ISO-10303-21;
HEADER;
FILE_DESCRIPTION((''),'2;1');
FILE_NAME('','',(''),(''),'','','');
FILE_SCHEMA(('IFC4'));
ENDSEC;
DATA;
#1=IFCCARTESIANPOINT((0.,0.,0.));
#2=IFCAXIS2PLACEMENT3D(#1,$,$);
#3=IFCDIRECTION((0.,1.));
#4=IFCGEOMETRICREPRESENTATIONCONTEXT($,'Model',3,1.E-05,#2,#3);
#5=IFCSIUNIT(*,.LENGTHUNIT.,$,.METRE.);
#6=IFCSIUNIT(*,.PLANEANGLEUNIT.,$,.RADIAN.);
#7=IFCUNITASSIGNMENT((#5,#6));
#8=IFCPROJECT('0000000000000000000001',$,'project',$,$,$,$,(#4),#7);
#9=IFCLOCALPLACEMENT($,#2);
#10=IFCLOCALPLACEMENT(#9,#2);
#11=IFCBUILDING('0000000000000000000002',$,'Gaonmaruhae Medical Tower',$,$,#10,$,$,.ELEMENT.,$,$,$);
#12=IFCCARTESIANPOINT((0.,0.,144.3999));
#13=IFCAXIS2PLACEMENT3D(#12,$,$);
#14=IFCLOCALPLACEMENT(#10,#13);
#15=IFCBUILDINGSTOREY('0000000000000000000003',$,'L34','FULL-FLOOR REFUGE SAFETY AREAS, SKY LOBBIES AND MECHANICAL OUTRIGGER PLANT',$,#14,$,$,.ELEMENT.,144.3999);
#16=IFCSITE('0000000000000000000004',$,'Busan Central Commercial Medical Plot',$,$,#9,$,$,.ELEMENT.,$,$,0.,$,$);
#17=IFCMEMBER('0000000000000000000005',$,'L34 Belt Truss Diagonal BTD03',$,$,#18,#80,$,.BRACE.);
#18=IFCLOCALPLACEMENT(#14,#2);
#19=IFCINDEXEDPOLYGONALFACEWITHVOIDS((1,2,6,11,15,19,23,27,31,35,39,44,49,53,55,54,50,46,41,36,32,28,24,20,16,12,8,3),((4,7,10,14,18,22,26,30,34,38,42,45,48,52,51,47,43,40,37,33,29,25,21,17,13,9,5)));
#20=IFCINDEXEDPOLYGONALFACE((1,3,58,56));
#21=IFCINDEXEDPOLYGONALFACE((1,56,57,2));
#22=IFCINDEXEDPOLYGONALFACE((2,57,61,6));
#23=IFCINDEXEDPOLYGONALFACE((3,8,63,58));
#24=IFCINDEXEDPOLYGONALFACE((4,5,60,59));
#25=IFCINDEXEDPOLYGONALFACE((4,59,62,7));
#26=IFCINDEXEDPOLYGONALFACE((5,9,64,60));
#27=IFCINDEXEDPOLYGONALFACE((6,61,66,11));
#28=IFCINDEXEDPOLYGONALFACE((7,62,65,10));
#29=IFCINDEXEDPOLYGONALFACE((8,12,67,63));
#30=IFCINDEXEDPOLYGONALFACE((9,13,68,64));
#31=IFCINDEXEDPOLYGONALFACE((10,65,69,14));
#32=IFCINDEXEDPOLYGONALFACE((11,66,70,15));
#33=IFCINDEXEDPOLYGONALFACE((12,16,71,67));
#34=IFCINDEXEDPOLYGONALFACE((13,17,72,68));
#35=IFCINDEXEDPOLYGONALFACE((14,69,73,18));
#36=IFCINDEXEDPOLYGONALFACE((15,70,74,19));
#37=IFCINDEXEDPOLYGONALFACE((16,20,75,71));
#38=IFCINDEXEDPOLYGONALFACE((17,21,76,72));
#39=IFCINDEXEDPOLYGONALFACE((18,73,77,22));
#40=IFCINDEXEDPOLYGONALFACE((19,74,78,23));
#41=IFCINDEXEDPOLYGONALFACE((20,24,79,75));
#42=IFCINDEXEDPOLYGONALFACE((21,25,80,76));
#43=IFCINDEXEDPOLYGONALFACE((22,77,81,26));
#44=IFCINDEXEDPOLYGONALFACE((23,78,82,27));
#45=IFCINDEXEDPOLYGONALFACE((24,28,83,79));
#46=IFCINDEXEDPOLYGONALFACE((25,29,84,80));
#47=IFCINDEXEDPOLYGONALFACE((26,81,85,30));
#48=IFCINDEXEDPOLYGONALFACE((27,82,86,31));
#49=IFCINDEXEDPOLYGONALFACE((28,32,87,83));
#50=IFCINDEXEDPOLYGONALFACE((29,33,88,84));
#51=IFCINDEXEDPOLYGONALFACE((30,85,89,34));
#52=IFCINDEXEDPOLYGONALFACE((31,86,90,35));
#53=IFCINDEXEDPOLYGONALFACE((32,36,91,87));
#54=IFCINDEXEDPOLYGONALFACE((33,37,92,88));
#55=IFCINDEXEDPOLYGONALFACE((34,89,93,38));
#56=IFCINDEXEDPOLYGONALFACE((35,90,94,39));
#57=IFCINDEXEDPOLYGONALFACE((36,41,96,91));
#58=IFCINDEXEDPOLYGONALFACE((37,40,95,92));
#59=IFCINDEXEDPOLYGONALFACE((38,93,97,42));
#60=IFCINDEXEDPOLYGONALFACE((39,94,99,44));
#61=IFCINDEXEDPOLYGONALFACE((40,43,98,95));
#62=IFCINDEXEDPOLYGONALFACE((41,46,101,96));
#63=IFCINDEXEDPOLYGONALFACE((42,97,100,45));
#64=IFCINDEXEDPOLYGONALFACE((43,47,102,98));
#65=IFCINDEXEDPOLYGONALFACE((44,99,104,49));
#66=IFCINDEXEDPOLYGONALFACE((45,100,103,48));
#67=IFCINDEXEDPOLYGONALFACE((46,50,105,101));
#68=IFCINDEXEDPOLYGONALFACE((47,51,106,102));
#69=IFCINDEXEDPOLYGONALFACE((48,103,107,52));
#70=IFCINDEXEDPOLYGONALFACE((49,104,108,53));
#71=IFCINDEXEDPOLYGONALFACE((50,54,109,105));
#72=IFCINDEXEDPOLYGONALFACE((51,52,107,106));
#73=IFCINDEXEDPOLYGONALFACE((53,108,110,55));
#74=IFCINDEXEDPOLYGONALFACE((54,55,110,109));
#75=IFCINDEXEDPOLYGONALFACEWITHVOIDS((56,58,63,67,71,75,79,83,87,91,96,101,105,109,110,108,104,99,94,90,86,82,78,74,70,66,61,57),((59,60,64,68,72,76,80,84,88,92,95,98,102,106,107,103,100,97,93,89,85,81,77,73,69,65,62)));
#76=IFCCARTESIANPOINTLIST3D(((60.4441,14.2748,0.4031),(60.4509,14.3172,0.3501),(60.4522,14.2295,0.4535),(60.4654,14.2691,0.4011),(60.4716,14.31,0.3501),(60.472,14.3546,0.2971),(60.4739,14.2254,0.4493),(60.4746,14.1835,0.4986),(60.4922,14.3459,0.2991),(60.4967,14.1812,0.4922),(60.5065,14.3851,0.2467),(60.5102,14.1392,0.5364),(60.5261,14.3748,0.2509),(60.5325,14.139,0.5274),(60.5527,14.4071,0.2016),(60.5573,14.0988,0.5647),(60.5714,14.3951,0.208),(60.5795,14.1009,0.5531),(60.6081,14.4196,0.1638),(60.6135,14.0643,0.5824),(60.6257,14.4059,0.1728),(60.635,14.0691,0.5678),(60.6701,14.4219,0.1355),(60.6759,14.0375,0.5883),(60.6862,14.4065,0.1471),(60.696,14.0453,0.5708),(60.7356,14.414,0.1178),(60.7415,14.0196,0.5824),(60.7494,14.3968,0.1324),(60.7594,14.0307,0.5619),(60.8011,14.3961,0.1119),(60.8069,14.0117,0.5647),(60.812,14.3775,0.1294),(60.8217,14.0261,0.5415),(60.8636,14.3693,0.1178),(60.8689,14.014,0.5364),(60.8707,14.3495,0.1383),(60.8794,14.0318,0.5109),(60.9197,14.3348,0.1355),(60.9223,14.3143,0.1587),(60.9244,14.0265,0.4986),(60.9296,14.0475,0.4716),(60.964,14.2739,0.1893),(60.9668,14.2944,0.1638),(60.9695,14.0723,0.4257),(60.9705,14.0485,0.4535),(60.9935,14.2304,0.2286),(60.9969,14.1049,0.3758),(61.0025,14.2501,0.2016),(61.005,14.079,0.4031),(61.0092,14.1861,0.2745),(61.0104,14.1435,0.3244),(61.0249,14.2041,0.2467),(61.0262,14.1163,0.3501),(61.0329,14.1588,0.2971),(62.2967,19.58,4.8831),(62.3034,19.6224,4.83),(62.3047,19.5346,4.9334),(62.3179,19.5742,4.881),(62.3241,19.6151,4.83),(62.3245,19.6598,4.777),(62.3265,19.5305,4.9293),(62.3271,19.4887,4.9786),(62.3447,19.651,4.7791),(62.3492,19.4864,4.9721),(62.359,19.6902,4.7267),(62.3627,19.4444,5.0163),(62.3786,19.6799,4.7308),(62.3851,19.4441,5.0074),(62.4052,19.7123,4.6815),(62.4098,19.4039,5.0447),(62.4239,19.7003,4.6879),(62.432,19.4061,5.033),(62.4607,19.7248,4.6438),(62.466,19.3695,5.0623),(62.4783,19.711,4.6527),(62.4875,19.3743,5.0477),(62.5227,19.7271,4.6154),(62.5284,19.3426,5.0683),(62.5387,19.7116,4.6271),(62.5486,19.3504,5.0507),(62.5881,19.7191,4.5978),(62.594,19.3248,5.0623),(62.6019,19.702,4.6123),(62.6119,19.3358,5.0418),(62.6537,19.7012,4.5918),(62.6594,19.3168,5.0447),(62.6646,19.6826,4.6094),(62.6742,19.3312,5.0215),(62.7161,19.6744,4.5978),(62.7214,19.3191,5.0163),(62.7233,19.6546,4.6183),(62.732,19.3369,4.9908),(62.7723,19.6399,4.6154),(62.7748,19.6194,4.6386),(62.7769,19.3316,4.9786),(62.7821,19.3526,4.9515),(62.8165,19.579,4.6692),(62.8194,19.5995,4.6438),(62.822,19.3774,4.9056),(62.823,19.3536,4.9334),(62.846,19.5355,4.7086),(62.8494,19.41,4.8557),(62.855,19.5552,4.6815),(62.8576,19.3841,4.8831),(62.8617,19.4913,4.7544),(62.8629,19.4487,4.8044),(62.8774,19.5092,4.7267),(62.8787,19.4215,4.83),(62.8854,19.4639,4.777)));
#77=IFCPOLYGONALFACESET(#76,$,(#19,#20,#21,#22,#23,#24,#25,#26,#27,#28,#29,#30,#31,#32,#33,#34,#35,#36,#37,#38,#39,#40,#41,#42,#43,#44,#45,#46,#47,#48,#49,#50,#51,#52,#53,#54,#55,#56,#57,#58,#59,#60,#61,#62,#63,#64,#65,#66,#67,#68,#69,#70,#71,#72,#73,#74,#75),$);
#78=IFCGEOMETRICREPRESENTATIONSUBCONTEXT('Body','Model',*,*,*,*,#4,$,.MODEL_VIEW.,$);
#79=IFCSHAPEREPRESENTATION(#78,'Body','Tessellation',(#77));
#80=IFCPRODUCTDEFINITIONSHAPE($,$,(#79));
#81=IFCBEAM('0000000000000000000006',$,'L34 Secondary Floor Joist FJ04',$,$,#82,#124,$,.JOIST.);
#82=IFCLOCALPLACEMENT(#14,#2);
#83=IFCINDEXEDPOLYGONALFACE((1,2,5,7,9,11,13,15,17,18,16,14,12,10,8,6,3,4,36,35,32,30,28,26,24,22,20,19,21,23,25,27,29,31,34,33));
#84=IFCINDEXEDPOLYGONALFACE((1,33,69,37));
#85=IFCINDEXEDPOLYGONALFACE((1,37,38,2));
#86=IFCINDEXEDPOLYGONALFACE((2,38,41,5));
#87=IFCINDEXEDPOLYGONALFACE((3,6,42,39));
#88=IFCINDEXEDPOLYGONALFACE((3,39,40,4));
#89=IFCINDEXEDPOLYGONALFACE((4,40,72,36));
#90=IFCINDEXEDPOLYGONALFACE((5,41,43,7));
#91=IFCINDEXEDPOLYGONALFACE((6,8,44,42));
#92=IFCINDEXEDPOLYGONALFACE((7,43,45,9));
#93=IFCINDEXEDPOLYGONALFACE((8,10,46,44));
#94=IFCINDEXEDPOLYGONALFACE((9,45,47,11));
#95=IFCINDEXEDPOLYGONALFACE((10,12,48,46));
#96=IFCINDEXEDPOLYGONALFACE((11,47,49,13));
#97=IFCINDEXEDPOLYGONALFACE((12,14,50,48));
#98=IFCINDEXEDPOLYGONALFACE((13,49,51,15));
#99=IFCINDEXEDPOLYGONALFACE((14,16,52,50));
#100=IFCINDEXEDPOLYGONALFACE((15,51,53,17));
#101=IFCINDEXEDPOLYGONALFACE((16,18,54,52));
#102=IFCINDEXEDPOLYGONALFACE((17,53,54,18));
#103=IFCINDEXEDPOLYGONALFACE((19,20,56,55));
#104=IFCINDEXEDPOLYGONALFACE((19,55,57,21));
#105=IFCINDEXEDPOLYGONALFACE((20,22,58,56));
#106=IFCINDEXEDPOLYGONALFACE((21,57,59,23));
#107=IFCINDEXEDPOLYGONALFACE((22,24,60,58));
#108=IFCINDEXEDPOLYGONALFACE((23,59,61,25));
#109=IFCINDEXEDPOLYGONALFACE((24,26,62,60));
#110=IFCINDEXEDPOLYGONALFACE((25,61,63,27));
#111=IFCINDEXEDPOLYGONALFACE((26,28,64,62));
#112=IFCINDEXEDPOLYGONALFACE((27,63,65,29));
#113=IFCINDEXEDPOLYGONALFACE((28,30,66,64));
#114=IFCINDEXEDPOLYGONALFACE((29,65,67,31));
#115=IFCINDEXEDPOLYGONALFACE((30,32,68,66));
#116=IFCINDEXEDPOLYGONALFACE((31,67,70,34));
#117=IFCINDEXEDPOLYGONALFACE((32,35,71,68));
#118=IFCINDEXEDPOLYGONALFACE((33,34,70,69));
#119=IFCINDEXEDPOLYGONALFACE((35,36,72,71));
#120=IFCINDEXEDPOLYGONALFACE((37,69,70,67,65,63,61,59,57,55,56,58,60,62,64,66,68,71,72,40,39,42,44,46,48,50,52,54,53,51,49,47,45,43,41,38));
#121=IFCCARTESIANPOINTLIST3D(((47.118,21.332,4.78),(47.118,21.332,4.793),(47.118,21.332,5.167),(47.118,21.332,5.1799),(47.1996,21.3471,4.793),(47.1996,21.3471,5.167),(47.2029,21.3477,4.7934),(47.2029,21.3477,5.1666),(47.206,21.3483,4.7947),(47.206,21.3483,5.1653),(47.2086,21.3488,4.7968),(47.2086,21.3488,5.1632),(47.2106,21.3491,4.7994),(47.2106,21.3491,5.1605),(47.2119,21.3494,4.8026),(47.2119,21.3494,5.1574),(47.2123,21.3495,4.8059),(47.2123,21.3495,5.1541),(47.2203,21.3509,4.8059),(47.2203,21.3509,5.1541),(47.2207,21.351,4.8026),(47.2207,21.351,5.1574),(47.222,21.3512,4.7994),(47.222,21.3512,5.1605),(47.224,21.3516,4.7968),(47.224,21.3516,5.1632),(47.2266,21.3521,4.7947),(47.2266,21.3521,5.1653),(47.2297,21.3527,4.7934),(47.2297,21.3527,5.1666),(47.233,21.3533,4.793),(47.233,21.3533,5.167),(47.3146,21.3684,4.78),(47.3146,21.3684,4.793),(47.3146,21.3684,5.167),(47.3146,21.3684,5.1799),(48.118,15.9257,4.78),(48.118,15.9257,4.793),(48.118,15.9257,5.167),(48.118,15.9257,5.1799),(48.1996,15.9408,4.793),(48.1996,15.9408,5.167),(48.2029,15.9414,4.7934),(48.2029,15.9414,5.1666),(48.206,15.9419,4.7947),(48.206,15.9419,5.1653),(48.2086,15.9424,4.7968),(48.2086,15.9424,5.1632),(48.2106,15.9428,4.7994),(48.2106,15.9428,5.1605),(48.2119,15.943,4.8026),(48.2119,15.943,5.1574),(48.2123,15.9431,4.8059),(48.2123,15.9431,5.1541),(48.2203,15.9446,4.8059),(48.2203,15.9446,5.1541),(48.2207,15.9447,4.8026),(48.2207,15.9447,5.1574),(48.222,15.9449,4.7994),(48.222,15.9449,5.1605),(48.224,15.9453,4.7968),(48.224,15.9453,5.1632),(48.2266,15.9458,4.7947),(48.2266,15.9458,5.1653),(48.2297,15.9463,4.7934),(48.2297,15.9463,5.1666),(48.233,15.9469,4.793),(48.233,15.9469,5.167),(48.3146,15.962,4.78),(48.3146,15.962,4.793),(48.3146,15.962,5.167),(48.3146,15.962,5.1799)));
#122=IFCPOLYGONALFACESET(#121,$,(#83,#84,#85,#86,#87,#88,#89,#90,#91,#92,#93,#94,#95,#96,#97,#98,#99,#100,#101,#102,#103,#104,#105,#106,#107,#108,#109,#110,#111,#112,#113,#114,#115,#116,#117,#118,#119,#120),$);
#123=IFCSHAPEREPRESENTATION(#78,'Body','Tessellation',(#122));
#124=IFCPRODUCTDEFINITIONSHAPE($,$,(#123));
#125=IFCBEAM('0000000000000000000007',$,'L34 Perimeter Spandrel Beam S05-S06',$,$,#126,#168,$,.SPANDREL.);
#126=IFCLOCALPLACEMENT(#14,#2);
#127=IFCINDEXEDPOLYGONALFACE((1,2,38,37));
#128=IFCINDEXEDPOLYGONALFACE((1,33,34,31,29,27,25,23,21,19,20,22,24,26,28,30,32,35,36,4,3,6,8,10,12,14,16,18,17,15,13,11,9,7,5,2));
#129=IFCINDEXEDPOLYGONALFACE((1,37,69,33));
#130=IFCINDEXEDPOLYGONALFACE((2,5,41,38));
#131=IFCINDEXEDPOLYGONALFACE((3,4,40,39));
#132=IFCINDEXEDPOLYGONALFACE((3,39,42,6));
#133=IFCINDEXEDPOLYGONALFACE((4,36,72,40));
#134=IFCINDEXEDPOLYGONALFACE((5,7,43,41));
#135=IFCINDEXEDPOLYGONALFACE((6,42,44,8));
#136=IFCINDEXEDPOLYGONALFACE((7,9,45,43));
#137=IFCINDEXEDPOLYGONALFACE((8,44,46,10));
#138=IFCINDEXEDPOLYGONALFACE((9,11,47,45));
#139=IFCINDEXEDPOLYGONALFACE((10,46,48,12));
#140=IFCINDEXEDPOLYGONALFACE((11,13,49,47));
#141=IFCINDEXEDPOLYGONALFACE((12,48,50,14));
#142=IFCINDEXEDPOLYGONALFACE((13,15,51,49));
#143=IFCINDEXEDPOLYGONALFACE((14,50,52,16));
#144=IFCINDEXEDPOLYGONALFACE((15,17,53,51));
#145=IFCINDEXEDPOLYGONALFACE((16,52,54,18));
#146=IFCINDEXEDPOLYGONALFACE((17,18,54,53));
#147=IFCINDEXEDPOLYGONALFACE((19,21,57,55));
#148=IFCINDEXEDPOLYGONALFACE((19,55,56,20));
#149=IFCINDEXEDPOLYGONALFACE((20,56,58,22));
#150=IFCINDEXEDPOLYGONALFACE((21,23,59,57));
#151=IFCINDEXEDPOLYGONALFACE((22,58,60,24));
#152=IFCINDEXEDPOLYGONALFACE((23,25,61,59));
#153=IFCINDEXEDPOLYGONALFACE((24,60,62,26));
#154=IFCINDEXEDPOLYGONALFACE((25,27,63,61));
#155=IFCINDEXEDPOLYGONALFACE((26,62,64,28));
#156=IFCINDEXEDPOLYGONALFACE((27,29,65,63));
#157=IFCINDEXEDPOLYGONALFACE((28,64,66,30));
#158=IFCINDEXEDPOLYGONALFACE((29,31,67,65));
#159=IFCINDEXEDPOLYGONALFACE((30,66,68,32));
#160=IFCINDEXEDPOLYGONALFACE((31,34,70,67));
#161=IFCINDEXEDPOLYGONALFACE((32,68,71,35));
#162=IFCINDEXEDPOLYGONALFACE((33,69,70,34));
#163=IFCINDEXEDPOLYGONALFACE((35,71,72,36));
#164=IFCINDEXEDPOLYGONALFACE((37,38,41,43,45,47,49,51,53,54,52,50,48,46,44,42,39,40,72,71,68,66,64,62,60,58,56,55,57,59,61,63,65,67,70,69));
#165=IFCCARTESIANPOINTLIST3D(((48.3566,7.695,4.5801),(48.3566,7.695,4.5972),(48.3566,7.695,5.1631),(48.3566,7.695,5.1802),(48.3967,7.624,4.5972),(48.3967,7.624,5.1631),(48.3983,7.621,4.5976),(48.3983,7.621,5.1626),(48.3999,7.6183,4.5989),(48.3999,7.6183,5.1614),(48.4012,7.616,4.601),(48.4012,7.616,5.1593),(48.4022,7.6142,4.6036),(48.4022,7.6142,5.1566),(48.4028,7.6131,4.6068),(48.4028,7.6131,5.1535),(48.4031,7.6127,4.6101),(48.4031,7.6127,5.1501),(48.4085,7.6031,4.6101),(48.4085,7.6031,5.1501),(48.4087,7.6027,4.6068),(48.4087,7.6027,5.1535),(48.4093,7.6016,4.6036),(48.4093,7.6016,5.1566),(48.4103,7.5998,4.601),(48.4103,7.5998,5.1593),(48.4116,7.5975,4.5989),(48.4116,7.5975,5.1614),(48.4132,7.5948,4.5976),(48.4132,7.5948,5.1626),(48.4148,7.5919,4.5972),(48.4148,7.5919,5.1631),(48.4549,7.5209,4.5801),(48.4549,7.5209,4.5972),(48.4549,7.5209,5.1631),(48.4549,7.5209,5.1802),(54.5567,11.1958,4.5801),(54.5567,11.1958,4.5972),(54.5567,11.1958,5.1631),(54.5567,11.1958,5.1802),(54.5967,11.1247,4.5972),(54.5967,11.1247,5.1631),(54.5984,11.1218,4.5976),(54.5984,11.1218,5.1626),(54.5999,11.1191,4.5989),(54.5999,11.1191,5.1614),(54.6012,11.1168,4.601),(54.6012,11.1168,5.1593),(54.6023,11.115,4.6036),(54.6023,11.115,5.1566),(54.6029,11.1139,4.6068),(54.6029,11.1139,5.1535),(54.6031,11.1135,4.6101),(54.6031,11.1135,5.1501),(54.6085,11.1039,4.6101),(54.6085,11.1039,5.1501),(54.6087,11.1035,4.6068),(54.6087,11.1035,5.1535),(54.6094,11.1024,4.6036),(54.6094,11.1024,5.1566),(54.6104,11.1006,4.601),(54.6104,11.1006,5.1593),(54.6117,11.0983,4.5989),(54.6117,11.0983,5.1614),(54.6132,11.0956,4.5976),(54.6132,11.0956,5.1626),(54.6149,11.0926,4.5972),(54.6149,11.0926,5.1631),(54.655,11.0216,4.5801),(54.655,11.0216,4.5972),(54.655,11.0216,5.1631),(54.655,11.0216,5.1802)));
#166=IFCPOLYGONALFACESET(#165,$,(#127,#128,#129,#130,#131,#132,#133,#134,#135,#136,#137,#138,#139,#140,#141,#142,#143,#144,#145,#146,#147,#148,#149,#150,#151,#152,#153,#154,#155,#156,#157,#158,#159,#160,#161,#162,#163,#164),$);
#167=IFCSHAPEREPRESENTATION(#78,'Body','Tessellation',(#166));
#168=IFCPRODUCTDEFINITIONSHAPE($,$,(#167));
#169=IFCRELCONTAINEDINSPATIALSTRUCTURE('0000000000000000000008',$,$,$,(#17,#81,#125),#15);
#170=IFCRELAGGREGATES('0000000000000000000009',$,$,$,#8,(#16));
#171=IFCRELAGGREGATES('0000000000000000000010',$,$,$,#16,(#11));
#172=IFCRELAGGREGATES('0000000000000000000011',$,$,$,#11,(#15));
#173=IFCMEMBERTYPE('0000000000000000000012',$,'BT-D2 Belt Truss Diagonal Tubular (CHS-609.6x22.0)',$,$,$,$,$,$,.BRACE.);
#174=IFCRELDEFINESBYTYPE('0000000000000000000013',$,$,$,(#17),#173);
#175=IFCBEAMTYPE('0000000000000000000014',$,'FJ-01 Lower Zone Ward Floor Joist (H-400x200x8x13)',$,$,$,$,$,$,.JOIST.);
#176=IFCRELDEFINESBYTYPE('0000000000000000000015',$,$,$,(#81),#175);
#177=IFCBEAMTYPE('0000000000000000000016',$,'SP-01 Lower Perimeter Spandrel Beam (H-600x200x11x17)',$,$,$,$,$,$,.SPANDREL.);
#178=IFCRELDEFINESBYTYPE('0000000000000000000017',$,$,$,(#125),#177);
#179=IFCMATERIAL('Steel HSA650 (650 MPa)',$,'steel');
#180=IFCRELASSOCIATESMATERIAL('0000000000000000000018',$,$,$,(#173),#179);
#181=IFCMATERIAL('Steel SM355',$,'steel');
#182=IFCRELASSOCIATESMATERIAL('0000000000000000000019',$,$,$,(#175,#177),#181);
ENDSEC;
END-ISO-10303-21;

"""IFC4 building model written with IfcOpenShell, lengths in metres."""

from ifc_helpers import new_model, si_unit, direction, frame, origin, origin_2d, place, context, subcontext, project, spatial, hollow_circle, i_section, extrude, material, material_profile, profile_set, type_object, element, save


model = new_model("IFC4")

# Units and contexts
model_context = context("Model", 3, precision=1e-05, world=origin(), true_north=direction((0.0, 1.0)))
body_context = subcontext(model_context, "Body", "Model", "MODEL_VIEW")
ifc_project = project(units=[si_unit("LENGTHUNIT", "METRE"), si_unit("PLANEANGLEUNIT", "RADIAN")], contexts=[model_context])

# Site, building, storey
site_placement = place(None, origin())
site = spatial("IfcSite", under=ifc_project, at=site_placement, Name="Busan Central Commercial Medical Plot", CompositionType="ELEMENT", RefElevation=0.0)
building_placement = place(site_placement, origin())
building = spatial("IfcBuilding", under=site, at=building_placement, Name="Gaonmaruhae Medical Tower", CompositionType="ELEMENT")
storey_placement = place(building_placement, frame((0.0, 0.0, 144.3999)))
storey = spatial("IfcBuildingStorey", under=building, at=storey_placement, Name="L34", Description="FULL-FLOOR REFUGE SAFETY AREAS, SKY LOBBIES AND MECHANICAL OUTRIGGER PLANT", CompositionType="ELEMENT", Elevation=144.3999)

# Member
ifc_material_1 = material(Name="Steel HSA650 (650 MPa)", Category="steel")
ifc_material_profile_1 = material_profile(ifc_material_1, hollow_circle(Radius=0.3047, WallThickness=0.022, at=origin_2d()), Name="CHS-609.6x22.0")
ifc_profile_set_1 = profile_set([ifc_material_profile_1], Name="Steel HSA650 (650 MPa)")
member_type_1 = type_object("IfcMemberType", Name="BT-D2 Belt Truss Diagonal Tubular (CHS-609.6x22.0)", PredefinedType="BRACE", material=ifc_profile_set_1)
member_1_placement = place(storey_placement, frame((60.7385, 14.2168, 0.3501), z_axis=(0.257777, 0.738205, 0.623381), x_axis=(-0.944095, 0.329673, 0.0)))
element("IfcMember", 1, at=member_1_placement, inside=storey, type_object=member_type_1, Name="L34 Belt Truss Diagonal BTD03", PredefinedType="BRACE", context=body_context, shape_type="SweptSolid", body=[
    extrude(hollow_circle(Radius=0.3047, WallThickness=0.022, at=origin_2d()), origin(), (0.0, 0.0, 1.0), 7.1865),
])

# Beams
ifc_material_2 = material(Name="Steel SM355", Category="steel")
ifc_material_profile_2 = material_profile(ifc_material_2, i_section(OverallWidth=0.2, OverallDepth=0.3999, WebThickness=0.0081, FlangeThickness=0.0129, FilletRadius=0.0129, at=origin_2d()), Name="H-400x200x8x13")
ifc_profile_set_2 = profile_set([ifc_material_profile_2], Name="Steel SM355")
beam_type_1 = type_object("IfcBeamType", Name="FJ-01 Lower Zone Ward Floor Joist (H-400x200x8x13)", PredefinedType="JOIST", material=ifc_profile_set_2)
beam_1_placement = place(storey_placement, frame((48.2163, 15.9438, 4.98), z_axis=(-0.181886, 0.98332, 0.0), x_axis=(-0.98332, -0.181886, 0.0)))
element("IfcBeam", 2, at=beam_1_placement, inside=storey, type_object=beam_type_1, Name="L34 Secondary Floor Joist FJ04", PredefinedType="JOIST", context=body_context, shape_type="SweptSolid", body=[
    extrude(i_section(OverallWidth=0.2, OverallDepth=0.3999, WebThickness=0.0081, FlangeThickness=0.0129, FilletRadius=0.0129, at=origin_2d()), origin(), (0.0, 0.0, 1.0), 5.498),
])
ifc_material_profile_3 = material_profile(ifc_material_2, i_section(OverallWidth=0.2, OverallDepth=0.6001, WebThickness=0.011, FlangeThickness=0.0171, FilletRadius=0.0129, at=origin_2d()), Name="H-600x200x11x17")
ifc_profile_set_3 = profile_set([ifc_material_profile_3], Name="Steel SM355")
beam_type_2 = type_object("IfcBeamType", Name="SP-01 Lower Perimeter Spandrel Beam (H-600x200x11x17)", PredefinedType="SPANDREL", material=ifc_profile_set_3)
for number, where, z_axis, x_axis, name in (
    (3, (48.4058, 7.6079, 4.8801), (0.870779, 0.491675, 0.0), (-0.491675, 0.870779, 0.0), "L34 Perimeter Spandrel Beam S05-S06"),
):
    element("IfcBeam", number, at=place(storey_placement, frame(where, z_axis=z_axis, x_axis=x_axis)), inside=storey, type_object=beam_type_2, Name=name, PredefinedType="SPANDREL", context=body_context, shape_type="SweptSolid", body=[
        extrude(i_section(OverallWidth=0.2, OverallDepth=0.6001, WebThickness=0.011, FlangeThickness=0.0171, FilletRadius=0.0129, at=origin_2d()), origin(), (0.0, 0.0, 1.0), 7.1201),
    ])

save(model, "model.ifc")
